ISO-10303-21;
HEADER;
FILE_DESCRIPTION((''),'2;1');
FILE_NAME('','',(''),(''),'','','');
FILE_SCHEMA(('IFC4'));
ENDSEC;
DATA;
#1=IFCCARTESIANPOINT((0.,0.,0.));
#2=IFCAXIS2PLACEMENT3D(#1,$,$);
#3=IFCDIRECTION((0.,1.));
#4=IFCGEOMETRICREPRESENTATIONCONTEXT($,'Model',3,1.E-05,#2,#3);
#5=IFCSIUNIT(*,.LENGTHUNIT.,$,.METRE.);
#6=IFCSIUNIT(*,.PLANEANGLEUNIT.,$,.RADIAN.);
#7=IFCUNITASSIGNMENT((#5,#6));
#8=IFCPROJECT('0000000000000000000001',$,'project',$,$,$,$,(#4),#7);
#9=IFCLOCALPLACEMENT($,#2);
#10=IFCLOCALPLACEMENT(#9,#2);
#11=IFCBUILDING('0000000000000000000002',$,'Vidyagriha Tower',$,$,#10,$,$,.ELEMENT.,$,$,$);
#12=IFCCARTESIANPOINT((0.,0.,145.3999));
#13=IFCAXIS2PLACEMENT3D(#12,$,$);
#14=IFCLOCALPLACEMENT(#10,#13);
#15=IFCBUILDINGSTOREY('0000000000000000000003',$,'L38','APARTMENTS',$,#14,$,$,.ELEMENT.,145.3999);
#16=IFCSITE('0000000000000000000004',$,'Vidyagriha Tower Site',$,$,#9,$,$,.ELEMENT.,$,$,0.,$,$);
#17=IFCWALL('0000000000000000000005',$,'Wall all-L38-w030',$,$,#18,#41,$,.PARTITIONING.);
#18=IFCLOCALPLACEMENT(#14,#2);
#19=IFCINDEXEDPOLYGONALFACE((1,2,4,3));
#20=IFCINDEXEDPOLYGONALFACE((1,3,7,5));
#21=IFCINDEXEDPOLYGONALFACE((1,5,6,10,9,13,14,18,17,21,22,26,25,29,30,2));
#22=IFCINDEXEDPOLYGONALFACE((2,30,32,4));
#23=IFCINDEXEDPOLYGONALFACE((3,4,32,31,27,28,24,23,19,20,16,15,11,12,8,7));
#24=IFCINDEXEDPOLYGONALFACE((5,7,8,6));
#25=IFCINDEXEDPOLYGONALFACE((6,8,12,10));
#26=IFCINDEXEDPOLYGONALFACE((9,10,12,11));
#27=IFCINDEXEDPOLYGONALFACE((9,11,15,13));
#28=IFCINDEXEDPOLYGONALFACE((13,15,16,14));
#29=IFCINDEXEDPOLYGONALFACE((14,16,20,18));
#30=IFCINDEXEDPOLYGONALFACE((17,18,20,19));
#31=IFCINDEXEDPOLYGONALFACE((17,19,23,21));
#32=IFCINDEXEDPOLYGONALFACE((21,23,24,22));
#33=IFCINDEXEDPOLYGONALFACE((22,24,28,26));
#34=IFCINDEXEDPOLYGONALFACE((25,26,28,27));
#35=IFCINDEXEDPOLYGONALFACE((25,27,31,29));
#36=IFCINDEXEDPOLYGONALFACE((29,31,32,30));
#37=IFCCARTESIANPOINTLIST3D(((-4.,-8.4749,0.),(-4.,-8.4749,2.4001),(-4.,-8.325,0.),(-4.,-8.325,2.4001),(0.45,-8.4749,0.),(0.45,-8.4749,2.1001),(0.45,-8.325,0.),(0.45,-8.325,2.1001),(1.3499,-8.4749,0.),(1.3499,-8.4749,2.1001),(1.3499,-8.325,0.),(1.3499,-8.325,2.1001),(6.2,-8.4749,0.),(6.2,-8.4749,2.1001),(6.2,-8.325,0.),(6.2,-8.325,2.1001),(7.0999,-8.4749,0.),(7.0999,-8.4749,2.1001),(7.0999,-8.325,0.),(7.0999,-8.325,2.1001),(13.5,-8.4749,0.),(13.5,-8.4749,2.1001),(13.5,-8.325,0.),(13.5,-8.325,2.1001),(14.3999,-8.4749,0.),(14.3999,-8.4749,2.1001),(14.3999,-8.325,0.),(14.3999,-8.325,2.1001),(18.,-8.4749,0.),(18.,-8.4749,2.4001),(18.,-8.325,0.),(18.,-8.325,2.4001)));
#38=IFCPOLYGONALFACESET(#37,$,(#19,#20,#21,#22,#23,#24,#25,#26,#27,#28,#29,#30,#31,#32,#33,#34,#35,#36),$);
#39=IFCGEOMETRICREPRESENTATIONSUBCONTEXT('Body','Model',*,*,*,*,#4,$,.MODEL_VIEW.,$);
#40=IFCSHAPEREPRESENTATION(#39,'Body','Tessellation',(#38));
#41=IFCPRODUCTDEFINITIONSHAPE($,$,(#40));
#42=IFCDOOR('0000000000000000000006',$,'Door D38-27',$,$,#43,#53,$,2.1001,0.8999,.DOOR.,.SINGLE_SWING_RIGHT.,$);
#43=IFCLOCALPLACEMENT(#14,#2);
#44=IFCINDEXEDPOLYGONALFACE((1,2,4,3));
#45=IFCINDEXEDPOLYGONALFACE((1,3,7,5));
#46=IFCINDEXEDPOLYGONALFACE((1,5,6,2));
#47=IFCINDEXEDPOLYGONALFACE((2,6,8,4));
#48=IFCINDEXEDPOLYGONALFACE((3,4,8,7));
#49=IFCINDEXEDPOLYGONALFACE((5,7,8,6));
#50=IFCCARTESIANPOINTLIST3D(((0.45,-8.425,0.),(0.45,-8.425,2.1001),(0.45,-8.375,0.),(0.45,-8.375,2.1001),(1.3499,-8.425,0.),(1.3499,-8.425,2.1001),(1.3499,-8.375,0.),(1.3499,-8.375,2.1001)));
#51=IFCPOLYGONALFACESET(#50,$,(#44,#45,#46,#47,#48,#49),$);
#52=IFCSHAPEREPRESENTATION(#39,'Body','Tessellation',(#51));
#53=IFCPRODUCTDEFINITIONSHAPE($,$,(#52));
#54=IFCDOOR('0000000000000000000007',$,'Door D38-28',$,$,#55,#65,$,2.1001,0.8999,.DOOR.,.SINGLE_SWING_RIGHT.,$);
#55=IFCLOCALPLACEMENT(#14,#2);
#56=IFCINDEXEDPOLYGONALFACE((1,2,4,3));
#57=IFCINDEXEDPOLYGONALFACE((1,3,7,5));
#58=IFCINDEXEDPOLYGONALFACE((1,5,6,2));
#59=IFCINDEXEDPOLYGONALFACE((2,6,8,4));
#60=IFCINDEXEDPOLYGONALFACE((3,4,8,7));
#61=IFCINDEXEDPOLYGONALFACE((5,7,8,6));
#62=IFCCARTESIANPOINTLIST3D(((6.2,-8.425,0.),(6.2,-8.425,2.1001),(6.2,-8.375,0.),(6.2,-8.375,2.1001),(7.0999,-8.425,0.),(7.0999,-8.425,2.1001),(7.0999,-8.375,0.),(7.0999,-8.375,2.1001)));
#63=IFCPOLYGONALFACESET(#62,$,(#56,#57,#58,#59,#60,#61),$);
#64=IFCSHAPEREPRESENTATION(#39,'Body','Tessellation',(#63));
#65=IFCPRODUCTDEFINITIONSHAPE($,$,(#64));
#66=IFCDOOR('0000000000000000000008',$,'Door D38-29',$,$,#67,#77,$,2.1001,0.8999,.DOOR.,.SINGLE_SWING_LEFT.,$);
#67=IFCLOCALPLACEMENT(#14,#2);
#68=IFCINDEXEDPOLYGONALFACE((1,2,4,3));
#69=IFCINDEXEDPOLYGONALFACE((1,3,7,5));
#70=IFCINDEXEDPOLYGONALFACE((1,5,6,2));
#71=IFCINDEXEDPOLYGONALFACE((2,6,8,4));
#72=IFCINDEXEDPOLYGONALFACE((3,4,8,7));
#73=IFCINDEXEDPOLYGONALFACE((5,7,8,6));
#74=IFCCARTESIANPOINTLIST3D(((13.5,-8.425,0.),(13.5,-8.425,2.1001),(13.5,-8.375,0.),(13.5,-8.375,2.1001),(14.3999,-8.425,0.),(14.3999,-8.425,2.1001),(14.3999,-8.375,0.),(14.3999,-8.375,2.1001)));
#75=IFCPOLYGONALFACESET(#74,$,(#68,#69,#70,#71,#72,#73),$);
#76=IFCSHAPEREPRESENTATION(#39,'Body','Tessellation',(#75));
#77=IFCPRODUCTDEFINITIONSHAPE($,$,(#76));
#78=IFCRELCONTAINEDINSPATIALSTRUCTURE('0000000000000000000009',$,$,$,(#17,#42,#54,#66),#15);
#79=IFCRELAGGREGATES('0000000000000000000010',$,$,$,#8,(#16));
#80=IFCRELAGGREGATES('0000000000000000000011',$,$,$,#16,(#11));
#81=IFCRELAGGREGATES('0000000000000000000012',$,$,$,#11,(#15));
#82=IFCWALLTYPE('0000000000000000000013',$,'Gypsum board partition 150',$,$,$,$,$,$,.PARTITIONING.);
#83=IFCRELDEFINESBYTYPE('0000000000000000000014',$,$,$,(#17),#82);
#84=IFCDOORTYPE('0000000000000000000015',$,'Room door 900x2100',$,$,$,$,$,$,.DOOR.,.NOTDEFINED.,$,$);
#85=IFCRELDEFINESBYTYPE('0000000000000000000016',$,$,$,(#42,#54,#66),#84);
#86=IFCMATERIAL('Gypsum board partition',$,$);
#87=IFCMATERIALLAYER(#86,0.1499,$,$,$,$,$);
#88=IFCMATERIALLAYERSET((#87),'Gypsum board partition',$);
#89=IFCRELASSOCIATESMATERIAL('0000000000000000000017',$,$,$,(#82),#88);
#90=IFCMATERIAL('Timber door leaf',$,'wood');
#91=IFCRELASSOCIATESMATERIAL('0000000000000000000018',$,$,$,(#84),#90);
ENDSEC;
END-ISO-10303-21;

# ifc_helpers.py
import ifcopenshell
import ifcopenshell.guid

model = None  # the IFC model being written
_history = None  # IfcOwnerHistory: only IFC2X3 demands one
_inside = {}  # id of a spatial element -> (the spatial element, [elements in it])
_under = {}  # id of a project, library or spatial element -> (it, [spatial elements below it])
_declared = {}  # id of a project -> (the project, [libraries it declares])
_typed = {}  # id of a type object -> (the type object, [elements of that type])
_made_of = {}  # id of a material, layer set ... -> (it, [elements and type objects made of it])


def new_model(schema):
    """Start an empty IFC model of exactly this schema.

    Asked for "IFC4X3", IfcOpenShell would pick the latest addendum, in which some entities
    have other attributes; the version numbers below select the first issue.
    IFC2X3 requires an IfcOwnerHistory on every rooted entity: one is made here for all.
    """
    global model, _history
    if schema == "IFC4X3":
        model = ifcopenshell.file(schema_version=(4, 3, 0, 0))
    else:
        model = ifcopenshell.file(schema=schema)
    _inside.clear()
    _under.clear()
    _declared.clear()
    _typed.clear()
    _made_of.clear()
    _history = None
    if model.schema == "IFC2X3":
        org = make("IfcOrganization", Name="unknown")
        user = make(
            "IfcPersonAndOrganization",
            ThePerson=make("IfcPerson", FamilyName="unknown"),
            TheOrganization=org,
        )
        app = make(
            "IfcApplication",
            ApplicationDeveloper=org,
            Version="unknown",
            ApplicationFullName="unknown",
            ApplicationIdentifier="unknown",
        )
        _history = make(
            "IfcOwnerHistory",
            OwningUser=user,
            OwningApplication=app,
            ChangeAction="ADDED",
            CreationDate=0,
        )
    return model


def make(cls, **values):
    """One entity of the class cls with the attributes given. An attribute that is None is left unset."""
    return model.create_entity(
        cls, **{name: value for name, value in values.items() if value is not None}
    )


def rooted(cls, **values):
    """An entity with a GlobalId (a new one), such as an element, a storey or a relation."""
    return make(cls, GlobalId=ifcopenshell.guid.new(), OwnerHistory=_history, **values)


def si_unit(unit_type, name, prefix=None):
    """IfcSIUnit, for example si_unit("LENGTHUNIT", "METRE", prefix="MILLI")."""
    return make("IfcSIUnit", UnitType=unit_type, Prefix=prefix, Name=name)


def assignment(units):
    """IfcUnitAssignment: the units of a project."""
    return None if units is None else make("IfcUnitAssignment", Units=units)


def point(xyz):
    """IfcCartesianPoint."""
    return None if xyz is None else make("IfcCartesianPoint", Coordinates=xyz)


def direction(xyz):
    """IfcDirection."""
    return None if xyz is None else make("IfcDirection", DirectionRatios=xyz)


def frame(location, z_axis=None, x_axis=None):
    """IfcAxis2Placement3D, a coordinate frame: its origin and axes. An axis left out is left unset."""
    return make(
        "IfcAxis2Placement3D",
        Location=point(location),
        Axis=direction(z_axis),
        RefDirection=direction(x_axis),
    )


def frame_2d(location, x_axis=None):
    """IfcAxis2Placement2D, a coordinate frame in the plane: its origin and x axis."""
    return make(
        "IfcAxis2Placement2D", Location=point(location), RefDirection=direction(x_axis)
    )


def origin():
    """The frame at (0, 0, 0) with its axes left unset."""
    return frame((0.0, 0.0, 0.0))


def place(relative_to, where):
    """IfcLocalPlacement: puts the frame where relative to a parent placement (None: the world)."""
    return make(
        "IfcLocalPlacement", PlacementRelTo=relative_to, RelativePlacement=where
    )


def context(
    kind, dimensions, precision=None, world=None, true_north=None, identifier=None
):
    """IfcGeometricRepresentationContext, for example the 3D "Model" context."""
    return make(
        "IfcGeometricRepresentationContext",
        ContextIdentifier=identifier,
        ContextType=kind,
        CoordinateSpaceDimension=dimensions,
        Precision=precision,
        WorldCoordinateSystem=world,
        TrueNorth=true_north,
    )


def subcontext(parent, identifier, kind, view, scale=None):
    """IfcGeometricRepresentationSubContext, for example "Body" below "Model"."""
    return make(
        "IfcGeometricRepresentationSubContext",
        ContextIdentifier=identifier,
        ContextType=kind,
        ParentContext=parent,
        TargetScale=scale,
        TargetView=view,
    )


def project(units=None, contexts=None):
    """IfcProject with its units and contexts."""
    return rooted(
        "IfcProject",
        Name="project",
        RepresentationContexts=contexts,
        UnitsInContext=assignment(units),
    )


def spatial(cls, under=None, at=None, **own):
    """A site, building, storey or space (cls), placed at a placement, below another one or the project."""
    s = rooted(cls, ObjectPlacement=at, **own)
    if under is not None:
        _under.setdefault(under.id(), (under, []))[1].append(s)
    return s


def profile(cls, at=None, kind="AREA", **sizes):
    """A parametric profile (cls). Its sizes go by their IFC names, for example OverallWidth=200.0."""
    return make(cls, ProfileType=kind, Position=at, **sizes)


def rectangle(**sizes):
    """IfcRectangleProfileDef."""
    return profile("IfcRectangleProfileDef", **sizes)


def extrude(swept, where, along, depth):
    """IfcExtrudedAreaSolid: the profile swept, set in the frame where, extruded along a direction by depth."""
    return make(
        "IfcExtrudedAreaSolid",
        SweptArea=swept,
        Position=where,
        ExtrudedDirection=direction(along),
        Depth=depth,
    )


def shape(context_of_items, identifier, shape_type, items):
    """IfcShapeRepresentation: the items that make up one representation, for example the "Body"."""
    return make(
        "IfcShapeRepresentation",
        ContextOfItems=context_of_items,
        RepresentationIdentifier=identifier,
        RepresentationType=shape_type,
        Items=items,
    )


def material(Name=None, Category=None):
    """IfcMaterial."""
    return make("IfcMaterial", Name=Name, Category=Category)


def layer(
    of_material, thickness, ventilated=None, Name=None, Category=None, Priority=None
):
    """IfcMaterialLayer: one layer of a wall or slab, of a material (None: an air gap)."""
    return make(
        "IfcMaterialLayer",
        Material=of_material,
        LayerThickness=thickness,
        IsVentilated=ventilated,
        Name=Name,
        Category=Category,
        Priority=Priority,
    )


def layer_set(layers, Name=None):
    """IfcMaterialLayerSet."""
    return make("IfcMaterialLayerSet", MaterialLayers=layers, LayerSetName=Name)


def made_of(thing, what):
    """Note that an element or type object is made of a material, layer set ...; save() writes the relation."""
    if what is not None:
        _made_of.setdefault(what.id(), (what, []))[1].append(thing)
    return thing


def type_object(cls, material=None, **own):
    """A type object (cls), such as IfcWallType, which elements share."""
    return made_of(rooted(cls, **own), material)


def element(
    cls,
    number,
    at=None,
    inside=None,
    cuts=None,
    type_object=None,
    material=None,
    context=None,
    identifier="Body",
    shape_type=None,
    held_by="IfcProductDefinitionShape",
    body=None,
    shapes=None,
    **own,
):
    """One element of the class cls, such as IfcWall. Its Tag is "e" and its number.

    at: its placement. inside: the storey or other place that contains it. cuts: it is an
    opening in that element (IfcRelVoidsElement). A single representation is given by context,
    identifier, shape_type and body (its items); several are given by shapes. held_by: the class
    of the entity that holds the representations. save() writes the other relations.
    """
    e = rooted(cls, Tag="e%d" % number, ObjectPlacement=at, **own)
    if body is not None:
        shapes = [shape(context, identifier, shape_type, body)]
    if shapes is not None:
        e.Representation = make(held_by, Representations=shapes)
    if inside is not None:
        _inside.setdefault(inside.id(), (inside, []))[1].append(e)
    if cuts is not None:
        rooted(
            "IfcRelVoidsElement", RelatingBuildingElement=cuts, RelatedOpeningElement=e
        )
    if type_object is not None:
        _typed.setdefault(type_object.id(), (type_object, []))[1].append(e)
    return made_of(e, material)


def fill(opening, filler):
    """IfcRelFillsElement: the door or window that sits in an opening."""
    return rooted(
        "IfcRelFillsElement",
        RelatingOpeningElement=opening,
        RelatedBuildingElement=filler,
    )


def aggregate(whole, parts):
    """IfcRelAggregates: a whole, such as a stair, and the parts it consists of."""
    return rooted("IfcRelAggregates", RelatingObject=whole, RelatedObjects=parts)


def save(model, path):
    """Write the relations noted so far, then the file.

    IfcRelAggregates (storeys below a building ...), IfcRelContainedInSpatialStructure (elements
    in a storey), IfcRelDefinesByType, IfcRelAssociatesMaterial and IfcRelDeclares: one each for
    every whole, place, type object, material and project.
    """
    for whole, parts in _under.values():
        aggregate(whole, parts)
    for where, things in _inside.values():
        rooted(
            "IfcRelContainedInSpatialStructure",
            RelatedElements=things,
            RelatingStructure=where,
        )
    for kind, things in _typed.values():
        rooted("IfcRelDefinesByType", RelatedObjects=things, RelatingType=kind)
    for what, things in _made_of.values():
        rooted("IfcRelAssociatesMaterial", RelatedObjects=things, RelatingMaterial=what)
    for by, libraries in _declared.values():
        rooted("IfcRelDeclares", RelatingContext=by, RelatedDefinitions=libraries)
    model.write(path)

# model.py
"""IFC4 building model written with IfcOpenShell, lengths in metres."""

from ifc_helpers import new_model, si_unit, direction, frame, frame_2d, origin, place, context, subcontext, project, spatial, rectangle, extrude, material, layer, layer_set, type_object, element, fill, save


model = new_model("IFC4")

# Units and contexts
model_context = context("Model", 3, precision=1e-05, world=origin(), true_north=direction((0.0, 1.0)))
body_context = subcontext(model_context, "Body", "Model", "MODEL_VIEW")
ifc_project = project(units=[si_unit("LENGTHUNIT", "METRE"), si_unit("PLANEANGLEUNIT", "RADIAN")], contexts=[model_context])

# Site, building, storey
site_placement = place(None, origin())
site = spatial("IfcSite", under=ifc_project, at=site_placement, Name="Vidyagriha Tower Site", CompositionType="ELEMENT", RefElevation=0.0)
building_placement = place(site_placement, origin())
building = spatial("IfcBuilding", under=site, at=building_placement, Name="Vidyagriha Tower", CompositionType="ELEMENT")
storey_placement = place(building_placement, frame((0.0, 0.0, 145.3999)))
storey = spatial("IfcBuildingStorey", under=building, at=storey_placement, Name="L38", Description="APARTMENTS", CompositionType="ELEMENT", Elevation=145.3999)

# Shared definitions
ifc_material_1 = material(Name="Gypsum board partition")
ifc_layer_1 = layer(ifc_material_1, 0.1499)
ifc_layer_set_1 = layer_set([ifc_layer_1], Name="Gypsum board partition")
wall_type_1 = type_object("IfcWallType", Name="Gypsum board partition 150", PredefinedType="PARTITIONING", material=ifc_layer_set_1)

# Wall, openings, doors
ifc_material_2 = material(Name="Timber door leaf", Category="wood")
door_type_1 = type_object("IfcDoorType", Name="Room door 900x2100", OperationType="NOTDEFINED", PredefinedType="DOOR", material=ifc_material_2)
wall_1_placement = place(storey_placement, frame((-4.0, -8.3999, 0.0)))
wall_1 = element("IfcWall", 1, at=wall_1_placement, inside=storey, type_object=wall_type_1, Name="Wall all-L38-w030", PredefinedType="PARTITIONING", context=body_context, shape_type="SweptSolid", body=[
    extrude(rectangle(XDim=22.0, YDim=0.1499, at=frame_2d((11.0, 0.0))), origin(), (0.0, 0.0, 1.0), 2.4001),
])
opening_1_placement = place(wall_1_placement, frame((4.45, 0.0, 0.0)))
opening_1 = element("IfcOpeningElement", 2, at=opening_1_placement, cuts=wall_1, PredefinedType="OPENING", context=body_context, shape_type="SweptSolid", body=[
    extrude(rectangle(XDim=0.8999, YDim=2.1001, at=frame_2d((0.45, 1.05))), frame((0.0, 0.085, 0.0), z_axis=(0.0, -1.0, 0.0), x_axis=(1.0, 0.0, 0.0)), (0.0, 0.0, 1.0), 0.1699),
])
opening_2_placement = place(wall_1_placement, frame((10.2, 0.0, 0.0)))
opening_2 = element("IfcOpeningElement", 3, at=opening_2_placement, cuts=wall_1, PredefinedType="OPENING", context=body_context, shape_type="SweptSolid", body=[
    extrude(rectangle(XDim=0.8999, YDim=2.1001, at=frame_2d((0.45, 1.05))), frame((0.0, 0.085, 0.0), z_axis=(0.0, -1.0, 0.0), x_axis=(1.0, 0.0, 0.0)), (0.0, 0.0, 1.0), 0.1699),
])
opening_3_placement = place(wall_1_placement, frame((17.5, 0.0, 0.0)))
opening_3 = element("IfcOpeningElement", 4, at=opening_3_placement, cuts=wall_1, PredefinedType="OPENING", context=body_context, shape_type="SweptSolid", body=[
    extrude(rectangle(XDim=0.8999, YDim=2.1001, at=frame_2d((0.45, 1.05))), frame((0.0, 0.085, 0.0), z_axis=(0.0, -1.0, 0.0), x_axis=(1.0, 0.0, 0.0)), (0.0, 0.0, 1.0), 0.1699),
])
door_1_placement = place(opening_1_placement, origin())
door_1 = element("IfcDoor", 5, at=door_1_placement, inside=storey, type_object=door_type_1, Name="Door D38-27", OperationType="SINGLE_SWING_RIGHT", OverallHeight=2.1001, OverallWidth=0.8999, PredefinedType="DOOR", context=body_context, shape_type="SweptSolid", body=[
    extrude(rectangle(XDim=0.8999, YDim=2.1001, at=frame_2d((0.45, 1.05))), frame((0.0, 0.0249, 0.0), z_axis=(0.0, -1.0, 0.0), x_axis=(1.0, 0.0, 0.0)), (0.0, 0.0, 1.0), 0.05),
])
fill(opening_1, door_1)
door_2_placement = place(opening_2_placement, origin())
door_2 = element("IfcDoor", 6, at=door_2_placement, inside=storey, type_object=door_type_1, Name="Door D38-28", OperationType="SINGLE_SWING_RIGHT", OverallHeight=2.1001, OverallWidth=0.8999, PredefinedType="DOOR", context=body_context, shape_type="SweptSolid", body=[
    extrude(rectangle(XDim=0.8999, YDim=2.1001, at=frame_2d((0.45, 1.05))), frame((0.0, 0.0249, 0.0), z_axis=(0.0, -1.0, 0.0), x_axis=(1.0, 0.0, 0.0)), (0.0, 0.0, 1.0), 0.05),
])
fill(opening_2, door_2)
door_3_placement = place(opening_3_placement, origin())
door_3 = element("IfcDoor", 7, at=door_3_placement, inside=storey, type_object=door_type_1, Name="Door D38-29", OperationType="SINGLE_SWING_LEFT", OverallHeight=2.1001, OverallWidth=0.8999, PredefinedType="DOOR", context=body_context, shape_type="SweptSolid", body=[
    extrude(rectangle(XDim=0.8999, YDim=2.1001, at=frame_2d((0.45, 1.05))), frame((0.0, 0.0249, 0.0), z_axis=(0.0, -1.0, 0.0), x_axis=(1.0, 0.0, 0.0)), (0.0, 0.0, 1.0), 0.05),
])
fill(opening_3, door_3)

save(model, "model.ifc")
